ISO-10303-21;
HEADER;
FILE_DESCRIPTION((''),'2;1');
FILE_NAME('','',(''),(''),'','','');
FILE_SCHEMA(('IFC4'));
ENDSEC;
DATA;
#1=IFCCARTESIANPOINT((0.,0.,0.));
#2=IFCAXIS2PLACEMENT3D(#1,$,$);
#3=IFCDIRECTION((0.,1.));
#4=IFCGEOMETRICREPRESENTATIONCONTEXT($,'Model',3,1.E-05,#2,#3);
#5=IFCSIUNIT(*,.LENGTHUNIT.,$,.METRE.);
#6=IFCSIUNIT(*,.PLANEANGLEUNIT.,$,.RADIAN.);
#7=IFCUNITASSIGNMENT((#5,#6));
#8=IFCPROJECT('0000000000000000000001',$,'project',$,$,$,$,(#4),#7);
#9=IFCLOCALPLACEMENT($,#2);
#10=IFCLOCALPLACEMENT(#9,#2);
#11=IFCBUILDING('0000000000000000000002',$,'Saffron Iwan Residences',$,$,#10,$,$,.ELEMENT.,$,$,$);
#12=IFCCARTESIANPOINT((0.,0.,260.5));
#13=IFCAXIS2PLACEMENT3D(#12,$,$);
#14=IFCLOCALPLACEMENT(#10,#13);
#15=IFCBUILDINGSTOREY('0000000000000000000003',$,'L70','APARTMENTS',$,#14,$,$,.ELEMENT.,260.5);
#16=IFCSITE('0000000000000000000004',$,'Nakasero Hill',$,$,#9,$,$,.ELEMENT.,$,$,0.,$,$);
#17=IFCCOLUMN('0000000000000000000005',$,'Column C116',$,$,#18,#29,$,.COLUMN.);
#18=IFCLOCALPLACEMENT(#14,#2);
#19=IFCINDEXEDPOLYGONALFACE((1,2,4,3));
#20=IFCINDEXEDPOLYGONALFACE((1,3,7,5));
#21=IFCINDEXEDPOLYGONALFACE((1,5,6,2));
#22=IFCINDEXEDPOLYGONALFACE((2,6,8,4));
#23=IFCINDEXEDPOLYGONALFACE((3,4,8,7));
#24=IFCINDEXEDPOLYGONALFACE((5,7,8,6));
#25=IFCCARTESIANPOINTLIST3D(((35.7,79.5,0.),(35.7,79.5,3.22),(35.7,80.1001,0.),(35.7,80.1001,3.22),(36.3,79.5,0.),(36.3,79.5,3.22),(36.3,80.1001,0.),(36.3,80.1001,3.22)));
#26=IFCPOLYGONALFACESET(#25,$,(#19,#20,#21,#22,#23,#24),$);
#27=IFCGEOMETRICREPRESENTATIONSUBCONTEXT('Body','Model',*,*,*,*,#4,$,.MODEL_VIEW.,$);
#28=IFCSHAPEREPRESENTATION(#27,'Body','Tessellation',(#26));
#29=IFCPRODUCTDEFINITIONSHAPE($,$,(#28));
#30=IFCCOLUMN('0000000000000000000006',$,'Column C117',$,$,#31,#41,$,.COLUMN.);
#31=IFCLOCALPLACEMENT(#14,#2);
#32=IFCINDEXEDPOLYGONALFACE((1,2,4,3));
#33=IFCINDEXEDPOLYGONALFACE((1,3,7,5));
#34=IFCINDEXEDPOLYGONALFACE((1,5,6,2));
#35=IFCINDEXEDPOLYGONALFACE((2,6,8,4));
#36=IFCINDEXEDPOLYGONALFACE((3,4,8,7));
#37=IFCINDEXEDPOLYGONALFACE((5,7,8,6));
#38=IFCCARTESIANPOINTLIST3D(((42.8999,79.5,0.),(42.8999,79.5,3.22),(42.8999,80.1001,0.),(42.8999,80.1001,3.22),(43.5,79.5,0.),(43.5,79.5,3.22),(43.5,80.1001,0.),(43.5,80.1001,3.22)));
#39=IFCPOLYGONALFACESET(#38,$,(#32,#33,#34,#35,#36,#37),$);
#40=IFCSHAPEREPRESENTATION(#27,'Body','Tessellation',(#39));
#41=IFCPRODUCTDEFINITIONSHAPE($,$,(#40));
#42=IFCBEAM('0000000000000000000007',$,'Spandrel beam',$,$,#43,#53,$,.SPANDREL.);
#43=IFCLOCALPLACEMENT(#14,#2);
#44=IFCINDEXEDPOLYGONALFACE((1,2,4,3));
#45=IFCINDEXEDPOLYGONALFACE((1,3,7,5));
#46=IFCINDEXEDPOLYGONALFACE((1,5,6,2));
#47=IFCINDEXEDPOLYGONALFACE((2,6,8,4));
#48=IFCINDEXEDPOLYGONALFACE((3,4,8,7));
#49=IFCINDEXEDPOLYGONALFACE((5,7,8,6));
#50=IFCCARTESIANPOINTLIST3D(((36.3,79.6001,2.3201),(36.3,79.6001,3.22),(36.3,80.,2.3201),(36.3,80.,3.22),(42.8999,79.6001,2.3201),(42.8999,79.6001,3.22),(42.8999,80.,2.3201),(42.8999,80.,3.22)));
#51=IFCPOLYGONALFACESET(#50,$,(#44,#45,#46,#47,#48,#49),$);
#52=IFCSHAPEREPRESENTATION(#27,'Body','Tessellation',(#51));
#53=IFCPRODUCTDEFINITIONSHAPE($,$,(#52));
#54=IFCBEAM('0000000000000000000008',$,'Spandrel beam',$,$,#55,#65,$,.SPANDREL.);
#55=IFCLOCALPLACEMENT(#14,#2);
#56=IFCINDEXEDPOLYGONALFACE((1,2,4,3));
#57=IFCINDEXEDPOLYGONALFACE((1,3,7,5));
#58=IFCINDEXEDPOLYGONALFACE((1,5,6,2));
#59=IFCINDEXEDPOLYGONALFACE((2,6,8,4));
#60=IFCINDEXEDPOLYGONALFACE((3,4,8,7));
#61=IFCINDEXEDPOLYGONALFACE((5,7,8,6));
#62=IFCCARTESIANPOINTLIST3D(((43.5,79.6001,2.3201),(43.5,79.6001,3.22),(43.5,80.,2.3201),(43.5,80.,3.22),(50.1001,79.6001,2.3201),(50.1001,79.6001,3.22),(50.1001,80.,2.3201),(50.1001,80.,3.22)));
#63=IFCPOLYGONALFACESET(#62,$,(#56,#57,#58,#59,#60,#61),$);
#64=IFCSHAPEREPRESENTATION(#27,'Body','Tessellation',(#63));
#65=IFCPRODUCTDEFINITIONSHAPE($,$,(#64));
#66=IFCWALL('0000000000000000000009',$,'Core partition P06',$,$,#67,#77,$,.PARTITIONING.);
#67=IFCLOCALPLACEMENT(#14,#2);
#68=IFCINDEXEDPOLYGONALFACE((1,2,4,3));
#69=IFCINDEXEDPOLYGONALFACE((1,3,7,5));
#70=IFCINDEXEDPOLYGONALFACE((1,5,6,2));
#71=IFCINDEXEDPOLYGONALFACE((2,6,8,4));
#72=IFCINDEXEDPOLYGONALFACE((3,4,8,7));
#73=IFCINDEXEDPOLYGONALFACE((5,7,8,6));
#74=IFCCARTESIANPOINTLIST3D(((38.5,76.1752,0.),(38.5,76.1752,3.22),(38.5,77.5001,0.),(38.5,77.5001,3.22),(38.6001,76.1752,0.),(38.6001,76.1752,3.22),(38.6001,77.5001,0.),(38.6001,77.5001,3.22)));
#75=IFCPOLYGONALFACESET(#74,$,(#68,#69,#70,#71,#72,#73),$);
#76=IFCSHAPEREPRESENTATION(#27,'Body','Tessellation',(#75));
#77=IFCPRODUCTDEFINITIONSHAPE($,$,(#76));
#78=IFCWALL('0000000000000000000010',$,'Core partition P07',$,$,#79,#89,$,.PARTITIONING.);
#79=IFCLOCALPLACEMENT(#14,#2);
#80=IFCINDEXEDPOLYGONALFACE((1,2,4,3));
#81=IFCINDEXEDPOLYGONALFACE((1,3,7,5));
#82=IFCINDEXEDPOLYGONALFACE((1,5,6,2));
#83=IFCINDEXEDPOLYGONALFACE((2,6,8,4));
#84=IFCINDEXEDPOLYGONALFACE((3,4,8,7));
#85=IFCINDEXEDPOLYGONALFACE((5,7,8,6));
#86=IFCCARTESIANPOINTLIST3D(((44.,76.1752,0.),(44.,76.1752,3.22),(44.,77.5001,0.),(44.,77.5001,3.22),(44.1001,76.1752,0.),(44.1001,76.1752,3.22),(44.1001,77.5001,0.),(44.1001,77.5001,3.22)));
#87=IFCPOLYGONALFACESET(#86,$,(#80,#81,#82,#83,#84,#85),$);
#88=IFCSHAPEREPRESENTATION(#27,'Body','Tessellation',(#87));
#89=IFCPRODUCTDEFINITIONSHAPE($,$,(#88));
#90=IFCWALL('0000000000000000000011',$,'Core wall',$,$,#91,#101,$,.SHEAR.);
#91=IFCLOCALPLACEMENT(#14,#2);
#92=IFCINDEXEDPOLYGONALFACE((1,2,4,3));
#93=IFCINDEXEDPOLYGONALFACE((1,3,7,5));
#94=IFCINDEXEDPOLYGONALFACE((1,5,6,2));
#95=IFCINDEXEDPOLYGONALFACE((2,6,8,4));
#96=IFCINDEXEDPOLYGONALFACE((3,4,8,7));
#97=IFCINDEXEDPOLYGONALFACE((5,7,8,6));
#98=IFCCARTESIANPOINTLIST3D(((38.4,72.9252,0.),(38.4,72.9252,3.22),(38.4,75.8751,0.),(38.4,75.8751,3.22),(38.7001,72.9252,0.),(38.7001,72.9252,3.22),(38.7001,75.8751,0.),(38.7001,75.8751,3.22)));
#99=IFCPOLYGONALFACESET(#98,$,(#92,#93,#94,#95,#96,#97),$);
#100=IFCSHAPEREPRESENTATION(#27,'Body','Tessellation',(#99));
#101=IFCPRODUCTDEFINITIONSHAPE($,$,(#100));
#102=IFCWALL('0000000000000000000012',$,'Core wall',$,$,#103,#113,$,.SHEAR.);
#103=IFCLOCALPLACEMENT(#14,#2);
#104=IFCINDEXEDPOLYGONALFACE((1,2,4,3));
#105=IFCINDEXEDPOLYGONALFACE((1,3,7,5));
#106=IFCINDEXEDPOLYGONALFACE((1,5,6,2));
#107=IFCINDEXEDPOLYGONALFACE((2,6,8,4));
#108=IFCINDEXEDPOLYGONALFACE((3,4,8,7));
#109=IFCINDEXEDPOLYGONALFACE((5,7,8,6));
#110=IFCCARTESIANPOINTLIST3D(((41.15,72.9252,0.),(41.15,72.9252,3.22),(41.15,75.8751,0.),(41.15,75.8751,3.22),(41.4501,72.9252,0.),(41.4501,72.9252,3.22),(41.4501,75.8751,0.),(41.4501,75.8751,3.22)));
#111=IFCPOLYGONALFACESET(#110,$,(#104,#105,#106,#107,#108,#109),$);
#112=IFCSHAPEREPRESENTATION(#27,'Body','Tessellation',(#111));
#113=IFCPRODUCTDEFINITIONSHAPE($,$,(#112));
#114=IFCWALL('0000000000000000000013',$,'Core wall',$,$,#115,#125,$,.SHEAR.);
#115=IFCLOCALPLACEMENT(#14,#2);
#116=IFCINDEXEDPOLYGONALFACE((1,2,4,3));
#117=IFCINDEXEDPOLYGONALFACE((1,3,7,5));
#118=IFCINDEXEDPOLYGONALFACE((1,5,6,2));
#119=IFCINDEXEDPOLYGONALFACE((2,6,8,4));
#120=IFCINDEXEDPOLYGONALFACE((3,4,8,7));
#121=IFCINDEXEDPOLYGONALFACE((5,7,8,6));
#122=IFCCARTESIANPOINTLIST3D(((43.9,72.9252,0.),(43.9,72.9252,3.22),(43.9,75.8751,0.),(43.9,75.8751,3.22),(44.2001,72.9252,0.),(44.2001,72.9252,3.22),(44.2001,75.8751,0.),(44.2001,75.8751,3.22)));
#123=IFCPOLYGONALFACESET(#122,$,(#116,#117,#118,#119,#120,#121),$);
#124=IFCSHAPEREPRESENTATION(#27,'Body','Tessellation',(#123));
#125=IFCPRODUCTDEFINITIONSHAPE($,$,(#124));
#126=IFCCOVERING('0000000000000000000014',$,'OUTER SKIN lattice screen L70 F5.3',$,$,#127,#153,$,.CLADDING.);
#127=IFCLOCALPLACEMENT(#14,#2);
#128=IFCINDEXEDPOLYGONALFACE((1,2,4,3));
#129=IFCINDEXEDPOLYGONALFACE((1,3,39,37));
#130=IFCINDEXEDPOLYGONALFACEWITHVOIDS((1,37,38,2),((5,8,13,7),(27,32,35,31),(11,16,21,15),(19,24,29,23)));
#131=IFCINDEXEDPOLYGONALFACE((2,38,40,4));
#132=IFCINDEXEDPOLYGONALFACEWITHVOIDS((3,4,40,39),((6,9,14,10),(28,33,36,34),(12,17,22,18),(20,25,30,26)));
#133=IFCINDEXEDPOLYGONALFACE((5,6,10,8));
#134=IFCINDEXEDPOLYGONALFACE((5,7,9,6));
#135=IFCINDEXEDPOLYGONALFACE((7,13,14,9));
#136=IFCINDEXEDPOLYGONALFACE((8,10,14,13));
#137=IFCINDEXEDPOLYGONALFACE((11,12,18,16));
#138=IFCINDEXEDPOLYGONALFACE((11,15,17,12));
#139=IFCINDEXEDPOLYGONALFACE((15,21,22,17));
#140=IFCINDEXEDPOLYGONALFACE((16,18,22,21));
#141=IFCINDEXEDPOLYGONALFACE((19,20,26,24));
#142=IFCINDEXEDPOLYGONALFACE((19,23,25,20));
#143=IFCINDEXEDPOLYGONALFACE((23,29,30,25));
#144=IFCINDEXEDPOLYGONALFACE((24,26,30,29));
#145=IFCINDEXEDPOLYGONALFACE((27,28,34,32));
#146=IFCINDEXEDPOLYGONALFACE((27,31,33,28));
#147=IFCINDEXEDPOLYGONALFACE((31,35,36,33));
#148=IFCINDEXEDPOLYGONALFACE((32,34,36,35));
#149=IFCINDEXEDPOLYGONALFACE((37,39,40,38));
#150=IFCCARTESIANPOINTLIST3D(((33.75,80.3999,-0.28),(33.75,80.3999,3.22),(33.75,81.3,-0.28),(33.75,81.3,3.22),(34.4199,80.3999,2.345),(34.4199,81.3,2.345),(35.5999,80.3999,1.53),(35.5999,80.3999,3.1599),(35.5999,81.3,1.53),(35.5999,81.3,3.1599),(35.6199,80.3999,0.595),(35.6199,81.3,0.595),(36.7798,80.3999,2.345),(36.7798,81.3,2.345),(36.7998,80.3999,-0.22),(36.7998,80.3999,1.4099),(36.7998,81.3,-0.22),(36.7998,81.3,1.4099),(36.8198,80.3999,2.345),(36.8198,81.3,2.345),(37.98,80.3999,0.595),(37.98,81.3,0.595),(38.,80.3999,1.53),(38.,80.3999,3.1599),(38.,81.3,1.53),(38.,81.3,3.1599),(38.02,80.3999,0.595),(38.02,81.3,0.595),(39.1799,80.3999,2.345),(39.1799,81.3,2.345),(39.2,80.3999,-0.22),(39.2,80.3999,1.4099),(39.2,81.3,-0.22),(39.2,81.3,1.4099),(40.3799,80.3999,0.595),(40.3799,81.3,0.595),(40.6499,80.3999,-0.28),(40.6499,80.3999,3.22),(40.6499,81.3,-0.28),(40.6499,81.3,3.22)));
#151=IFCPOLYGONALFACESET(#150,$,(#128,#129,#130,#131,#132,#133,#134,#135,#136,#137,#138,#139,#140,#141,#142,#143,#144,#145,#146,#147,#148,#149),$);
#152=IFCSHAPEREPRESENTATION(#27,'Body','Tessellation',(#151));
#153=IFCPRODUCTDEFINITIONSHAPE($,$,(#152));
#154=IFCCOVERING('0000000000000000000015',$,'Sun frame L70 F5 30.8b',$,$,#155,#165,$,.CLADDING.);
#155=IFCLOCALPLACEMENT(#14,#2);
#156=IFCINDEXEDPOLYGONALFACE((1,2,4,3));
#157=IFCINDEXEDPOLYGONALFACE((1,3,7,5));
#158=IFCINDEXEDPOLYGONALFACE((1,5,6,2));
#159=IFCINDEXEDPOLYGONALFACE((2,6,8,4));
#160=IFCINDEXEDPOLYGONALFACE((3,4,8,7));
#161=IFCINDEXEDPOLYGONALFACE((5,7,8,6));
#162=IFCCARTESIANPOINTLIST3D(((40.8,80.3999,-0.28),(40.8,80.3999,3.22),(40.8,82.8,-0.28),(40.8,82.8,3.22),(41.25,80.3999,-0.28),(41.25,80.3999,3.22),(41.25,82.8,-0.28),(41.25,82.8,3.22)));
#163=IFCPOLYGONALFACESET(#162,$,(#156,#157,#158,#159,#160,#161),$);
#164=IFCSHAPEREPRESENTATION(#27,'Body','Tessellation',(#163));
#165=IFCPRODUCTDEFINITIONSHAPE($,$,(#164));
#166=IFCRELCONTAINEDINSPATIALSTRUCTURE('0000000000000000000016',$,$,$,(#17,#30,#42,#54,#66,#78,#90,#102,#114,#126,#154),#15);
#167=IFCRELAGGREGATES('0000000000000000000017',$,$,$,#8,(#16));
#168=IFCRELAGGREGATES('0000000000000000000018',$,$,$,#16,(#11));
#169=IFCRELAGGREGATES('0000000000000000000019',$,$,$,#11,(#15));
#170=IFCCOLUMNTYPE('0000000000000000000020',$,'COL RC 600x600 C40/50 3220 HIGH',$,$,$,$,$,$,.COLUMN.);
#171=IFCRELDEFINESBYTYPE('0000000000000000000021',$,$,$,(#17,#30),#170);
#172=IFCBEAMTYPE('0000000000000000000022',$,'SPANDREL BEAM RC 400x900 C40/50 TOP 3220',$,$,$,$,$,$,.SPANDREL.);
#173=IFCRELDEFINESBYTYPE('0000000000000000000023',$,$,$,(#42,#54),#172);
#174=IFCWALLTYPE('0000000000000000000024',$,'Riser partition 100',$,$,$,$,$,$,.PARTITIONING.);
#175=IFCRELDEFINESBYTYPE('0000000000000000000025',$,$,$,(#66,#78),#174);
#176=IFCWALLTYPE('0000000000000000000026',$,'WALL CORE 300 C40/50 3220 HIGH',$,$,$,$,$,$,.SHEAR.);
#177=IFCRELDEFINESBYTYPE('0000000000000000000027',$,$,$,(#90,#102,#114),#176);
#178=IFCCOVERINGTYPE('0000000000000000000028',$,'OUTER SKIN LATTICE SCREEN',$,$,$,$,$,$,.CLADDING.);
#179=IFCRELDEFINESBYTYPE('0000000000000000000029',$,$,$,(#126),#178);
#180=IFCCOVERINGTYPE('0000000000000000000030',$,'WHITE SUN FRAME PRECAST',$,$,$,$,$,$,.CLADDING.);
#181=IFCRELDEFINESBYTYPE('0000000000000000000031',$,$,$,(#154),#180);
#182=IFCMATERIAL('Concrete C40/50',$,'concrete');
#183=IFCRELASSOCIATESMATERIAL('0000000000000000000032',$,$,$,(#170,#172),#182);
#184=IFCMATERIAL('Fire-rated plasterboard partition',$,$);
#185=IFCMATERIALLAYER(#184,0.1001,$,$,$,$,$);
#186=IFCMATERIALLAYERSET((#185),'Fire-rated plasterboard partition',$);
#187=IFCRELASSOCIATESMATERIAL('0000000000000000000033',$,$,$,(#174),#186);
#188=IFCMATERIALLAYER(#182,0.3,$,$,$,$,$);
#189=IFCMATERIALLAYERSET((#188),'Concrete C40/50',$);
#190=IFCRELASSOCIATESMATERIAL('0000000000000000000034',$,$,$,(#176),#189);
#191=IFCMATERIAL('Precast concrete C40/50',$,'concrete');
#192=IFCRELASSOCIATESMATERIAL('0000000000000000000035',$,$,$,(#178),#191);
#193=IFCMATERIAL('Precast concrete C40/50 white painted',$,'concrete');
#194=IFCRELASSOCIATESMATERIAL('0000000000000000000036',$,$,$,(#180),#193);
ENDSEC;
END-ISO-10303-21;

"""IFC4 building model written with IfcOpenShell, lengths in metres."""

from ifc_helpers import new_model, si_unit, direction, frame, frame_2d, origin, origin_2d, place, context, subcontext, project, spatial, polyline, rectangle, outline, extrude, source, transform, mapped, material, layer, layer_set, material_profile, profile_set, type_object, element, save


model = new_model("IFC4")

# Units and contexts
model_context = context("Model", 3, precision=1e-05, world=origin(), true_north=direction((0.0, 1.0)))
body_context = subcontext(model_context, "Body", "Model", "MODEL_VIEW")
ifc_project = project(units=[si_unit("LENGTHUNIT", "METRE"), si_unit("PLANEANGLEUNIT", "RADIAN")], contexts=[model_context])

# Site, building, storey
site_placement = place(None, origin())
site = spatial("IfcSite", under=ifc_project, at=site_placement, Name="Nakasero Hill", CompositionType="ELEMENT", RefElevation=0.0)
building_placement = place(site_placement, origin())
building = spatial("IfcBuilding", under=site, at=building_placement, Name="Saffron Iwan Residences", CompositionType="ELEMENT")
storey_placement = place(building_placement, frame((0.0, 0.0, 260.5)))
storey = spatial("IfcBuildingStorey", under=building, at=storey_placement, Name="L70", Description="APARTMENTS", CompositionType="ELEMENT", Elevation=260.5)

# Columns
ifc_material_1 = material(Name="Concrete C40/50", Category="concrete")
ifc_material_profile_1 = material_profile(ifc_material_1, rectangle(XDim=0.6001, YDim=0.6001, at=origin_2d()), Name="RC 600x600")
ifc_profile_set_1 = profile_set([ifc_material_profile_1], Name="Concrete C40/50")
column_type = type_object("IfcColumnType", Name="COL RC 600x600 C40/50 3220 HIGH", PredefinedType="COLUMN", material=ifc_profile_set_1)
shared_shape_1 = source(origin(), body_context, "Body", "SweptSolid", [
    extrude(rectangle(XDim=0.6001, YDim=0.6001, at=origin_2d()), origin(), (0.0, 0.0, 1.0), 3.22),
])
for number, where, z_axis, x_axis, name in (
    (1, (36.0, 79.8, 0.0), (0.0, 0.0, 1.0), (1.0, 0.0, 0.0), "Column C116"),
    (2, (43.2, 79.8, 0.0), (0.0, 0.0, 1.0), (1.0, 0.0, 0.0), "Column C117"),
):
    element("IfcColumn", number, at=place(storey_placement, frame(where, z_axis=z_axis, x_axis=x_axis)), inside=storey, type_object=column_type, Name=name, PredefinedType="COLUMN", context=body_context, shape_type="MappedRepresentation", body=[
        mapped(shared_shape_1, transform((0.0, 0.0, 0.0))),
    ])

# Beams
ifc_material_profile_2 = material_profile(ifc_material_1, rectangle(XDim=0.3999, YDim=0.8999, at=origin_2d()), Name="RC 400x900")
ifc_profile_set_2 = profile_set([ifc_material_profile_2], Name="Concrete C40/50")
beam_type = type_object("IfcBeamType", Name="SPANDREL BEAM RC 400x900 C40/50 TOP 3220", PredefinedType="SPANDREL", material=ifc_profile_set_2)
shared_shape_2 = source(origin(), body_context, "Body", "SweptSolid", [
    extrude(rectangle(XDim=0.3999, YDim=0.8999, at=origin_2d()), origin(), (0.0, 0.0, 1.0), 6.5999),
])
beam_1_placement = place(storey_placement, frame((36.3, 79.8, 2.77), z_axis=(1.0, 0.0, 0.0), x_axis=(0.0, 1.0, 0.0)))
element("IfcBeam", 3, at=beam_1_placement, inside=storey, type_object=beam_type, Name="Spandrel beam", PredefinedType="SPANDREL", context=body_context, shape_type="MappedRepresentation", body=[
    mapped(shared_shape_2, transform((0.0, 0.0, 0.0))),
])
shared_shape_3 = source(origin(), body_context, "Body", "SweptSolid", [
    extrude(rectangle(XDim=0.3999, YDim=0.8999, at=origin_2d()), origin(), (0.0, 0.0, 1.0), 6.6001),
])
beam_2_placement = place(storey_placement, frame((43.5, 79.8, 2.77), z_axis=(1.0, 0.0, 0.0), x_axis=(0.0, 1.0, 0.0)))
element("IfcBeam", 4, at=beam_2_placement, inside=storey, type_object=beam_type, Name="Spandrel beam", PredefinedType="SPANDREL", context=body_context, shape_type="MappedRepresentation", body=[
    mapped(shared_shape_3, transform((0.0, 0.0, 0.0))),
])

# Walls
ifc_material_2 = material(Name="Fire-rated plasterboard partition")
ifc_layer_1 = layer(ifc_material_2, 0.1001)
ifc_layer_set_1 = layer_set([ifc_layer_1], Name="Fire-rated plasterboard partition")
wall_type_1 = type_object("IfcWallType", Name="Riser partition 100", PredefinedType="PARTITIONING", material=ifc_layer_set_1)
for number, where, z_axis, x_axis, name in (
    (5, (38.55, 76.175, 0.0), (0.0, 0.0, 1.0), (0.0, 1.0, 0.0), "Core partition P06"),
    (6, (44.05, 76.175, 0.0), (0.0, 0.0, 1.0), (0.0, 1.0, 0.0), "Core partition P07"),
):
    element("IfcWall", number, at=place(storey_placement, frame(where, z_axis=z_axis, x_axis=x_axis)), inside=storey, type_object=wall_type_1, Name=name, PredefinedType="PARTITIONING", context=body_context, shape_type="SweptSolid", body=[
        extrude(rectangle(XDim=1.325, YDim=0.1001, at=frame_2d((0.6626, 0.0))), origin(), (0.0, 0.0, 1.0), 3.22),
    ])
ifc_layer_2 = layer(ifc_material_1, 0.3)
ifc_layer_set_2 = layer_set([ifc_layer_2], Name="Concrete C40/50")
wall_type_2 = type_object("IfcWallType", Name="WALL CORE 300 C40/50 3220 HIGH", PredefinedType="SHEAR", material=ifc_layer_set_2)
for number, where, z_axis, x_axis, name in (
    (7, (38.55, 72.925, 0.0), (0.0, 0.0, 1.0), (0.0, 1.0, 0.0), "Core wall"),
    (8, (41.3, 72.925, 0.0), (0.0, 0.0, 1.0), (0.0, 1.0, 0.0), "Core wall"),
    (9, (44.05, 72.925, 0.0), (0.0, 0.0, 1.0), (0.0, 1.0, 0.0), "Core wall"),
):
    element("IfcWall", number, at=place(storey_placement, frame(where, z_axis=z_axis, x_axis=x_axis)), inside=storey, type_object=wall_type_2, Name=name, PredefinedType="SHEAR", context=body_context, shape_type="SweptSolid", body=[
        extrude(rectangle(XDim=2.95, YDim=0.3, at=frame_2d((1.4751, 0.0))), origin(), (0.0, 0.0, 1.0), 3.22),
    ])

# Coverings
ifc_material_3 = material(Name="Precast concrete C40/50", Category="concrete")
covering_type_1 = type_object("IfcCoveringType", Name="OUTER SKIN LATTICE SCREEN", PredefinedType="CLADDING", material=ifc_material_3)
covering_1_placement = place(storey_placement, frame((40.6499, 80.3999, -0.28), z_axis=(0.0, 1.0, 0.0), x_axis=(-1.0, 0.0, 0.0)))
element("IfcCovering", 10, at=covering_1_placement, inside=storey, type_object=covering_type_1, Name="OUTER SKIN lattice screen L70 F5.3", PredefinedType="CLADDING", context=body_context, shape_type="SweptSolid", body=[
    extrude(outline(polyline([(0.0, 0.0), (6.8999, 0.0), (6.8999, 3.5), (0.0, 3.5), (0.0, 0.0)]), holes=[polyline([(0.27, 0.875), (1.45, 0.0601), (2.6299, 0.875), (1.45, 1.6899), (0.27, 0.875)]), polyline([(2.6699, 0.875), (3.8501, 0.0601), (5.03, 0.875), (3.8501, 1.6899), (2.6699, 0.875)]), polyline([(1.47, 2.625), (2.6499, 1.8101), (3.8301, 2.625), (2.6499, 3.4399), (1.47, 2.625)]), polyline([(3.8701, 2.625), (5.05, 1.8101), (6.23, 2.625), (5.05, 3.4399), (3.8701, 2.625)])]), origin(), (0.0, 0.0, 1.0), 0.9001),
])
ifc_material_4 = material(Name="Precast concrete C40/50 white painted", Category="concrete")
covering_type_2 = type_object("IfcCoveringType", Name="WHITE SUN FRAME PRECAST", PredefinedType="CLADDING", material=ifc_material_4)
covering_2_placement = place(storey_placement, frame((41.25, 80.3999, -0.28), z_axis=(0.0, 1.0, 0.0), x_axis=(-1.0, 0.0, 0.0)))
element("IfcCovering", 11, at=covering_2_placement, inside=storey, type_object=covering_type_2, Name="Sun frame L70 F5 30.8b", PredefinedType="CLADDING", context=body_context, shape_type="SweptSolid", body=[
    extrude(outline(polyline([(0.0, 0.0), (0.45, 0.0), (0.45, 3.5), (0.0, 3.5), (0.0, 0.0)])), origin(), (0.0, 0.0, 1.0), 2.4001),
])

save(model, "model.ifc")
